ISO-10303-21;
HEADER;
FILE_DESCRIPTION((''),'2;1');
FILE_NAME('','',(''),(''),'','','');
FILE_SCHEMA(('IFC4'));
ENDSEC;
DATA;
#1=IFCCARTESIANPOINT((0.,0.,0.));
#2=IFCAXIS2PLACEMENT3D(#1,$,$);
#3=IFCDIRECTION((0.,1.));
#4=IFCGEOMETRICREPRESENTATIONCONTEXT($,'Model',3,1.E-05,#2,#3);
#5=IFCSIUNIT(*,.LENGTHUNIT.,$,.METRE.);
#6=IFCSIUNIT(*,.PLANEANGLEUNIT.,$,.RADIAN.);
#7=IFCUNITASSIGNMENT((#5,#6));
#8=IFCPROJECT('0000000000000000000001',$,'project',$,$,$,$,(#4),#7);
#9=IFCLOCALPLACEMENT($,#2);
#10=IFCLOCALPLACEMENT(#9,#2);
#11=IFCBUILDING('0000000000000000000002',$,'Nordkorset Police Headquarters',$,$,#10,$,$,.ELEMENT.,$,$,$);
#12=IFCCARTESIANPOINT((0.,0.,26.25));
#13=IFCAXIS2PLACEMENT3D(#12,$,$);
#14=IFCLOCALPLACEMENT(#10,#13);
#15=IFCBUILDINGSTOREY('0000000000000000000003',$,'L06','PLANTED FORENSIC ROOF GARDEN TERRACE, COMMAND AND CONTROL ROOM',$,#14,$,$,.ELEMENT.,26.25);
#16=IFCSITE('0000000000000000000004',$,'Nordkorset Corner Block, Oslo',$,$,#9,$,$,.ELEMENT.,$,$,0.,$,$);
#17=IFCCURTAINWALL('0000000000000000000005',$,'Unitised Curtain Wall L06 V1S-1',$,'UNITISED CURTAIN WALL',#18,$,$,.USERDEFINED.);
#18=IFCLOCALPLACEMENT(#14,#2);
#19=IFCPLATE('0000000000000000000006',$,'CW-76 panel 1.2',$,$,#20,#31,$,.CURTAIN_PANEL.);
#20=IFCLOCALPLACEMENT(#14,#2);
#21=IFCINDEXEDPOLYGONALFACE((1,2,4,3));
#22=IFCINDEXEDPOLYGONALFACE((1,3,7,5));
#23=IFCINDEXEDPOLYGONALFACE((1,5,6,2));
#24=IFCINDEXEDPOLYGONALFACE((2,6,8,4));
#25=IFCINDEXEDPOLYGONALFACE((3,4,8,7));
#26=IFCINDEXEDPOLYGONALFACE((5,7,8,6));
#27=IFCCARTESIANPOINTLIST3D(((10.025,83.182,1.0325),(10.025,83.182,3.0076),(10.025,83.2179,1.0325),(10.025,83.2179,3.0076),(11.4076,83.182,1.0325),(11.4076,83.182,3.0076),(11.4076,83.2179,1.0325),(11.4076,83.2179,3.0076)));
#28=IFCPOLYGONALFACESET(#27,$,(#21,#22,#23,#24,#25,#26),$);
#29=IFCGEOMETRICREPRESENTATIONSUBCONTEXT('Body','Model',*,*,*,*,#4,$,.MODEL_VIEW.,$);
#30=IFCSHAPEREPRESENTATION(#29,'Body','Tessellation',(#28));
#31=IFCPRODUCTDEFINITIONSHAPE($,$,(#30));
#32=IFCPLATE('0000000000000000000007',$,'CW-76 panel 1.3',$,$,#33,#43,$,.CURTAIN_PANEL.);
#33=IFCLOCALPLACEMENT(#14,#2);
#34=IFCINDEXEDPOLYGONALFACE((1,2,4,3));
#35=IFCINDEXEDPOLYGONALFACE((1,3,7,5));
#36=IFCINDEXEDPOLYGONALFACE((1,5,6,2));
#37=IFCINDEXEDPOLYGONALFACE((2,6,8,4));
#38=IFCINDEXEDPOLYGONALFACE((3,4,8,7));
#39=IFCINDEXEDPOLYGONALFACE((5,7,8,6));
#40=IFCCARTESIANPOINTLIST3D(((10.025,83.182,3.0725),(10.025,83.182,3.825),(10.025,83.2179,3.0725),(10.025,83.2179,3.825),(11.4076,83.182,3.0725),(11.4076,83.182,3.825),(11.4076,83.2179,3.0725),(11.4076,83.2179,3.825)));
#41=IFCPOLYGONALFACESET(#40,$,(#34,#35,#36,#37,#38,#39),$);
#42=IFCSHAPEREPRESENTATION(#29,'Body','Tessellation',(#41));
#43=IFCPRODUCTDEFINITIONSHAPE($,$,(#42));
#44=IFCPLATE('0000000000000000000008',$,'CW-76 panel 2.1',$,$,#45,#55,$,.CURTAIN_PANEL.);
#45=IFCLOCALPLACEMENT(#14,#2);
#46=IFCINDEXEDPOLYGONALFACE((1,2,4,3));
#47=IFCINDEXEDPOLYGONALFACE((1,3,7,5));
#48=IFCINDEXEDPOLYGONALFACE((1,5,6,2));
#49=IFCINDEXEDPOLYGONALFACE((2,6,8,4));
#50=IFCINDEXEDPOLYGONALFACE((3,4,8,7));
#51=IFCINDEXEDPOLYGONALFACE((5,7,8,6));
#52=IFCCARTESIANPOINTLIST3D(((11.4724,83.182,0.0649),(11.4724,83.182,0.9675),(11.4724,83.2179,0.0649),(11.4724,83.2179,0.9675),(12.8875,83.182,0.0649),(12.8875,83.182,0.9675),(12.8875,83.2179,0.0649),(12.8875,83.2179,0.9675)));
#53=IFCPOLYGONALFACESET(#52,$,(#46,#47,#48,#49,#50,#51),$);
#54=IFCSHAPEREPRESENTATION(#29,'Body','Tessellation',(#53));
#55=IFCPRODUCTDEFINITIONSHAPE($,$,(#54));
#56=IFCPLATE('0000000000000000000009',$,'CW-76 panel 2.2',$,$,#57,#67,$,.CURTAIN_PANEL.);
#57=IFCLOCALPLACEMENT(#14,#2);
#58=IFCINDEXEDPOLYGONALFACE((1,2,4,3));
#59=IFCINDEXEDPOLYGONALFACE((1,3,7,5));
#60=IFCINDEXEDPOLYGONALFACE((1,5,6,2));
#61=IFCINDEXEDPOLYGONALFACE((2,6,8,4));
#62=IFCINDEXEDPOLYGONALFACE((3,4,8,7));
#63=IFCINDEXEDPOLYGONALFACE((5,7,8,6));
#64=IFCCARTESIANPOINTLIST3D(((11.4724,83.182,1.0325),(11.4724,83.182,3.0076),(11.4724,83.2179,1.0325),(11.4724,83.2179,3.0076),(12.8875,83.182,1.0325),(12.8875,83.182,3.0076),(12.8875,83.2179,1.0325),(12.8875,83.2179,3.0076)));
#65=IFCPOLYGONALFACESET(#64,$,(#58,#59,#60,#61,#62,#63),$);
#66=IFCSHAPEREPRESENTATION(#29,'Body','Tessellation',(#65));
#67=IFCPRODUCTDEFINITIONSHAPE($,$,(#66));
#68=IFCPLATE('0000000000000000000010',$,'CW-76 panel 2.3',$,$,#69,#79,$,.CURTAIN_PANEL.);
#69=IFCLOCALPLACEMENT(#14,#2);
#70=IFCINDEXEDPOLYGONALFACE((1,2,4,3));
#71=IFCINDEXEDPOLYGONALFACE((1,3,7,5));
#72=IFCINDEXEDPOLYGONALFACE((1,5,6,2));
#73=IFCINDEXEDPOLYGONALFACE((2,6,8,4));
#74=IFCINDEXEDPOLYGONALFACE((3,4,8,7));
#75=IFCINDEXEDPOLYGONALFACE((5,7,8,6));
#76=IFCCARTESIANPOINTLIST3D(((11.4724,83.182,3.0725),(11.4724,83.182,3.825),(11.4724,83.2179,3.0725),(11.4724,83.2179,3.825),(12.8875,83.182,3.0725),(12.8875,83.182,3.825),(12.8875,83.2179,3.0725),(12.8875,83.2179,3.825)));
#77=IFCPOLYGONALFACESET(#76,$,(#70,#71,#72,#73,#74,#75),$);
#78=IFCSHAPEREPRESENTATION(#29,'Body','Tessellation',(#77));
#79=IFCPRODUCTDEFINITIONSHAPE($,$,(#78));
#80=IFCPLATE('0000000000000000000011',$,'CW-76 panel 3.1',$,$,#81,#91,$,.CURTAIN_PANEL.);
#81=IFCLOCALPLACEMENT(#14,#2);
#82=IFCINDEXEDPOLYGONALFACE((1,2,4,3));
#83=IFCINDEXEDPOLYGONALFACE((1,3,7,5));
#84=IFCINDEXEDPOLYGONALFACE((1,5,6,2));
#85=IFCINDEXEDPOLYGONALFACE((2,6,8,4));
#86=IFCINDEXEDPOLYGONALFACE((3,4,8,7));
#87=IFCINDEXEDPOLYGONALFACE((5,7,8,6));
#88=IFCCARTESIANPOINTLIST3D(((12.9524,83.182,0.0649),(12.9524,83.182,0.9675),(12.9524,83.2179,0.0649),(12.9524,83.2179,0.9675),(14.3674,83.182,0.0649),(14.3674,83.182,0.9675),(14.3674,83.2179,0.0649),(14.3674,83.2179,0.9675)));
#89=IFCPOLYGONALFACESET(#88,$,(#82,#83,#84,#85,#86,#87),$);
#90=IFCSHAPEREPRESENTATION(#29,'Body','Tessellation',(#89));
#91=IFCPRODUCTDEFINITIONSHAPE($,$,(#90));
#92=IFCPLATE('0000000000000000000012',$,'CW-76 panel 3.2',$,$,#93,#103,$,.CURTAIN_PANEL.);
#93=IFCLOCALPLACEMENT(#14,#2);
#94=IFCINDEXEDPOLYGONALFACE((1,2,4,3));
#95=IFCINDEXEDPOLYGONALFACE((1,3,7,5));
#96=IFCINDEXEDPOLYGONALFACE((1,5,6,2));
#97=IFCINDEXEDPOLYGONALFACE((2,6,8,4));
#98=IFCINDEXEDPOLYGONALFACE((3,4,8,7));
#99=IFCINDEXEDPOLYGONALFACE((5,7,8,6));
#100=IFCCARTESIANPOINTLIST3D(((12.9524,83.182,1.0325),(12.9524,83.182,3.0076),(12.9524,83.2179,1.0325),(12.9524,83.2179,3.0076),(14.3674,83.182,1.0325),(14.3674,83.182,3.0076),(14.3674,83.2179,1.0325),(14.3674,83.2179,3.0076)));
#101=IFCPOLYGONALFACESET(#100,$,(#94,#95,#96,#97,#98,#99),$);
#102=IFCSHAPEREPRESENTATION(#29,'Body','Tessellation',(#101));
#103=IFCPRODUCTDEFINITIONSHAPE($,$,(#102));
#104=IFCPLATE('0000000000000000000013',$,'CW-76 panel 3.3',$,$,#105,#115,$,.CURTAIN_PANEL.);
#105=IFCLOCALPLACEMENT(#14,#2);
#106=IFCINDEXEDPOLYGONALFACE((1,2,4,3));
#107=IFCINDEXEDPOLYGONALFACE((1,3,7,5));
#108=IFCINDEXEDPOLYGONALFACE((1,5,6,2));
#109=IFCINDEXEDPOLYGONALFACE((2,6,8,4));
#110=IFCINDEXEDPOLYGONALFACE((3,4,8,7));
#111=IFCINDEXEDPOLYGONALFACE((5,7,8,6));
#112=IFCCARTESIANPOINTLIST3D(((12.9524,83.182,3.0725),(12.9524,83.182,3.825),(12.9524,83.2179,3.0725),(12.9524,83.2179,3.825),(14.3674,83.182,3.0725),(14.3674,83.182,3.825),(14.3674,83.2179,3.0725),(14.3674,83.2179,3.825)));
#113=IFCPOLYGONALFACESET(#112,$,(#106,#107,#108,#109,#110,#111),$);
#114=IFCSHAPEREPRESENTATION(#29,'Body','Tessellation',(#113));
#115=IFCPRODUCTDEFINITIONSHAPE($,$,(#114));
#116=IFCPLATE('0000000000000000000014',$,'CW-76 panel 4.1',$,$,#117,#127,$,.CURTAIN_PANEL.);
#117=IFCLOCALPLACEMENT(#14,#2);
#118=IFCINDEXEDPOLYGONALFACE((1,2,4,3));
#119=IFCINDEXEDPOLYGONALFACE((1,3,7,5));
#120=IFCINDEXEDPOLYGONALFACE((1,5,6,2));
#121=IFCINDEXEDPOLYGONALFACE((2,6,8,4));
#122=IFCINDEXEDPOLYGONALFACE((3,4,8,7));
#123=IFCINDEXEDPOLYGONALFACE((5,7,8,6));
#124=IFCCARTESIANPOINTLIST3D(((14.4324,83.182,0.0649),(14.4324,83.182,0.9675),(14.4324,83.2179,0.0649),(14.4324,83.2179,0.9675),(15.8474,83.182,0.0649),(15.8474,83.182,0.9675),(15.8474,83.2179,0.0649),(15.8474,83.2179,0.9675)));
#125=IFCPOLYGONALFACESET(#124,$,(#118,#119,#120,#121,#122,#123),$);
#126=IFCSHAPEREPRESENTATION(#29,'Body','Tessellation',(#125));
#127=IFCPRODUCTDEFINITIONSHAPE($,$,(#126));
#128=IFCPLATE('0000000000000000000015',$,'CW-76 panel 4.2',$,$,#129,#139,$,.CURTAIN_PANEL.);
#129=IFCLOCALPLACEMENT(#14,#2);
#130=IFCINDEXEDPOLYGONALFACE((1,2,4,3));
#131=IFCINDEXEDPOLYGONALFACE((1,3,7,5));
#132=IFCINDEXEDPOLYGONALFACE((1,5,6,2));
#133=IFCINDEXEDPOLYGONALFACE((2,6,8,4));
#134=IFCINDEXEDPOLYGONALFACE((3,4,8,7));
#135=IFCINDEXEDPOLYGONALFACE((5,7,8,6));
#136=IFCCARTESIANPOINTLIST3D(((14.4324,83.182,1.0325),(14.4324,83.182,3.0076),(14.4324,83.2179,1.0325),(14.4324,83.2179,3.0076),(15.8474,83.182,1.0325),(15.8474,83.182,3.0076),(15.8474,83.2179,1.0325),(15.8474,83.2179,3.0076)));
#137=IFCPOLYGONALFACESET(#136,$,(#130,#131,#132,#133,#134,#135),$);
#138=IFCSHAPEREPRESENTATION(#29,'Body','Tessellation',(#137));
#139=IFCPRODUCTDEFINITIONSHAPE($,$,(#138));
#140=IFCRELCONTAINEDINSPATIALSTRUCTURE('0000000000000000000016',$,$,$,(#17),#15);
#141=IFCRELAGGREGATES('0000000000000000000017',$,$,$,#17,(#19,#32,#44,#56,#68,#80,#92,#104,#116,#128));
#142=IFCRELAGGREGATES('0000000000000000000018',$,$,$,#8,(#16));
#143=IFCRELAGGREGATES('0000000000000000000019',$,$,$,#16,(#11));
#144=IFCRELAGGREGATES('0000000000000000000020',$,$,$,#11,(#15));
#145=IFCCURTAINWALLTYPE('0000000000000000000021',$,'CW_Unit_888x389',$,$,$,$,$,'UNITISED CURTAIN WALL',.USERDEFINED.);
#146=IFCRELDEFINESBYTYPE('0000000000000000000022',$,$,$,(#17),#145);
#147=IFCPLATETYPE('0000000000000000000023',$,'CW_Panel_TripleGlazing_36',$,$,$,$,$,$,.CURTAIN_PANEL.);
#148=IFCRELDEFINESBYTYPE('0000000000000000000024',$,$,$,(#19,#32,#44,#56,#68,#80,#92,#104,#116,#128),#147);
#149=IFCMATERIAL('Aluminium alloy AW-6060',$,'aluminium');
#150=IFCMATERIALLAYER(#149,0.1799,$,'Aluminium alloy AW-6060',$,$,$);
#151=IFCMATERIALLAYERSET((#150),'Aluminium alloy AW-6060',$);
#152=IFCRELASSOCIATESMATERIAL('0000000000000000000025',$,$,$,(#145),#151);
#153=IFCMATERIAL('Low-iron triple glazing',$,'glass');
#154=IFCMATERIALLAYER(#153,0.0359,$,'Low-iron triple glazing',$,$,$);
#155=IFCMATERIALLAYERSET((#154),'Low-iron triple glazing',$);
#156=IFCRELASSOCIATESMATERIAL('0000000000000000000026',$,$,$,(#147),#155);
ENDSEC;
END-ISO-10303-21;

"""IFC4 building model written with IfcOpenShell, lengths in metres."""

from ifc_helpers import new_model, si_unit, direction, frame, origin, origin_2d, place, context, subcontext, project, spatial, rectangle, extrude, material, layer, layer_set, type_object, element, aggregate, save


model = new_model("IFC4")

# Units and contexts
model_context = context("Model", 3, precision=1e-05, world=origin(), true_north=direction((0.0, 1.0)))
body_context = subcontext(model_context, "Body", "Model", "MODEL_VIEW")
ifc_project = project(units=[si_unit("LENGTHUNIT", "METRE"), si_unit("PLANEANGLEUNIT", "RADIAN")], contexts=[model_context])

# Site, building, storey
site_placement = place(None, origin())
site = spatial("IfcSite", under=ifc_project, at=site_placement, Name="Nordkorset Corner Block, Oslo", CompositionType="ELEMENT", RefElevation=0.0)
building_placement = place(site_placement, origin())
building = spatial("IfcBuilding", under=site, at=building_placement, Name="Nordkorset Police Headquarters", CompositionType="ELEMENT")
storey_placement = place(building_placement, frame((0.0, 0.0, 26.25)))
storey = spatial("IfcBuildingStorey", under=building, at=storey_placement, Name="L06", Description="PLANTED FORENSIC ROOF GARDEN TERRACE, COMMAND AND CONTROL ROOM", CompositionType="ELEMENT", Elevation=26.25)

# Curtain wall
ifc_material_1 = material(Name="Aluminium alloy AW-6060", Category="aluminium")
ifc_layer_1 = layer(ifc_material_1, 0.1799, Name="Aluminium alloy AW-6060")
ifc_layer_set_1 = layer_set([ifc_layer_1], Name="Aluminium alloy AW-6060")
curtain_wall_type = type_object("IfcCurtainWallType", Name="CW_Unit_888x389", ElementType="UNITISED CURTAIN WALL", PredefinedType="USERDEFINED", material=ifc_layer_set_1)
curtain_wall_1_placement = place(storey_placement, origin())
curtain_wall_1 = element("IfcCurtainWall", 1, at=curtain_wall_1_placement, inside=storey, type_object=curtain_wall_type, Name="Unitised Curtain Wall L06 V1S-1", ObjectType="UNITISED CURTAIN WALL", PredefinedType="USERDEFINED")

# Plates
ifc_material_2 = material(Name="Low-iron triple glazing", Category="glass")
ifc_layer_2 = layer(ifc_material_2, 0.0359, Name="Low-iron triple glazing")
ifc_layer_set_2 = layer_set([ifc_layer_2], Name="Low-iron triple glazing")
plate_type = type_object("IfcPlateType", Name="CW_Panel_TripleGlazing_36", PredefinedType="CURTAIN_PANEL", material=ifc_layer_set_2)
plate_1_placement = place(storey_placement, frame((10.7163, 83.2, 1.0325), z_axis=(0.0, 0.0, 1.0), x_axis=(1.0, 0.0, 0.0)))
plate_1 = element("IfcPlate", 2, at=plate_1_placement, type_object=plate_type, Name="CW-76 panel 1.2", PredefinedType="CURTAIN_PANEL", context=body_context, shape_type="SweptSolid", body=[
    extrude(rectangle(XDim=1.3826, YDim=0.0359, at=origin_2d()), origin(), (0.0, 0.0, 1.0), 1.9751),
])
plate_2_placement = place(storey_placement, frame((10.7163, 83.2, 3.0725), z_axis=(0.0, 0.0, 1.0), x_axis=(1.0, 0.0, 0.0)))
plate_2 = element("IfcPlate", 3, at=plate_2_placement, type_object=plate_type, Name="CW-76 panel 1.3", PredefinedType="CURTAIN_PANEL", context=body_context, shape_type="SweptSolid", body=[
    extrude(rectangle(XDim=1.3826, YDim=0.0359, at=origin_2d()), origin(), (0.0, 0.0, 1.0), 0.7524),
])
plate_3_placement = place(storey_placement, frame((12.1799, 83.2, 0.0649), z_axis=(0.0, 0.0, 1.0), x_axis=(1.0, 0.0, 0.0)))
plate_3 = element("IfcPlate", 4, at=plate_3_placement, type_object=plate_type, Name="CW-76 panel 2.1", PredefinedType="CURTAIN_PANEL", context=body_context, shape_type="SweptSolid", body=[
    extrude(rectangle(XDim=1.415, YDim=0.0359, at=origin_2d()), origin(), (0.0, 0.0, 1.0), 0.9026),
])
plate_4_placement = place(storey_placement, frame((12.1799, 83.2, 1.0325), z_axis=(0.0, 0.0, 1.0), x_axis=(1.0, 0.0, 0.0)))
plate_4 = element("IfcPlate", 5, at=plate_4_placement, type_object=plate_type, Name="CW-76 panel 2.2", PredefinedType="CURTAIN_PANEL", context=body_context, shape_type="SweptSolid", body=[
    extrude(rectangle(XDim=1.415, YDim=0.0359, at=origin_2d()), origin(), (0.0, 0.0, 1.0), 1.9751),
])
plate_5_placement = place(storey_placement, frame((12.1799, 83.2, 3.0725), z_axis=(0.0, 0.0, 1.0), x_axis=(1.0, 0.0, 0.0)))
plate_5 = element("IfcPlate", 6, at=plate_5_placement, type_object=plate_type, Name="CW-76 panel 2.3", PredefinedType="CURTAIN_PANEL", context=body_context, shape_type="SweptSolid", body=[
    extrude(rectangle(XDim=1.415, YDim=0.0359, at=origin_2d()), origin(), (0.0, 0.0, 1.0), 0.7524),
])
plate_6_placement = place(storey_placement, frame((13.6599, 83.2, 0.0649), z_axis=(0.0, 0.0, 1.0), x_axis=(1.0, 0.0, 0.0)))
plate_6 = element("IfcPlate", 7, at=plate_6_placement, type_object=plate_type, Name="CW-76 panel 3.1", PredefinedType="CURTAIN_PANEL", context=body_context, shape_type="SweptSolid", body=[
    extrude(rectangle(XDim=1.415, YDim=0.0359, at=origin_2d()), origin(), (0.0, 0.0, 1.0), 0.9026),
])
plate_7_placement = place(storey_placement, frame((13.6599, 83.2, 1.0325), z_axis=(0.0, 0.0, 1.0), x_axis=(1.0, 0.0, 0.0)))
plate_7 = element("IfcPlate", 8, at=plate_7_placement, type_object=plate_type, Name="CW-76 panel 3.2", PredefinedType="CURTAIN_PANEL", context=body_context, shape_type="SweptSolid", body=[
    extrude(rectangle(XDim=1.415, YDim=0.0359, at=origin_2d()), origin(), (0.0, 0.0, 1.0), 1.9751),
])
plate_8_placement = place(storey_placement, frame((13.6599, 83.2, 3.0725), z_axis=(0.0, 0.0, 1.0), x_axis=(1.0, 0.0, 0.0)))
plate_8 = element("IfcPlate", 9, at=plate_8_placement, type_object=plate_type, Name="CW-76 panel 3.3", PredefinedType="CURTAIN_PANEL", context=body_context, shape_type="SweptSolid", body=[
    extrude(rectangle(XDim=1.415, YDim=0.0359, at=origin_2d()), origin(), (0.0, 0.0, 1.0), 0.7524),
])
plate_9_placement = place(storey_placement, frame((15.1399, 83.2, 0.0649), z_axis=(0.0, 0.0, 1.0), x_axis=(1.0, 0.0, 0.0)))
plate_9 = element("IfcPlate", 10, at=plate_9_placement, type_object=plate_type, Name="CW-76 panel 4.1", PredefinedType="CURTAIN_PANEL", context=body_context, shape_type="SweptSolid", body=[
    extrude(rectangle(XDim=1.415, YDim=0.0359, at=origin_2d()), origin(), (0.0, 0.0, 1.0), 0.9026),
])
plate_10_placement = place(storey_placement, frame((15.1399, 83.2, 1.0325), z_axis=(0.0, 0.0, 1.0), x_axis=(1.0, 0.0, 0.0)))
plate_10 = element("IfcPlate", 11, at=plate_10_placement, type_object=plate_type, Name="CW-76 panel 4.2", PredefinedType="CURTAIN_PANEL", context=body_context, shape_type="SweptSolid", body=[
    extrude(rectangle(XDim=1.415, YDim=0.0359, at=origin_2d()), origin(), (0.0, 0.0, 1.0), 1.9751),
])
aggregate(curtain_wall_1, [plate_1, plate_2, plate_3, plate_4, plate_5, plate_6, plate_7, plate_8, plate_9, plate_10])

save(model, "model.ifc")
